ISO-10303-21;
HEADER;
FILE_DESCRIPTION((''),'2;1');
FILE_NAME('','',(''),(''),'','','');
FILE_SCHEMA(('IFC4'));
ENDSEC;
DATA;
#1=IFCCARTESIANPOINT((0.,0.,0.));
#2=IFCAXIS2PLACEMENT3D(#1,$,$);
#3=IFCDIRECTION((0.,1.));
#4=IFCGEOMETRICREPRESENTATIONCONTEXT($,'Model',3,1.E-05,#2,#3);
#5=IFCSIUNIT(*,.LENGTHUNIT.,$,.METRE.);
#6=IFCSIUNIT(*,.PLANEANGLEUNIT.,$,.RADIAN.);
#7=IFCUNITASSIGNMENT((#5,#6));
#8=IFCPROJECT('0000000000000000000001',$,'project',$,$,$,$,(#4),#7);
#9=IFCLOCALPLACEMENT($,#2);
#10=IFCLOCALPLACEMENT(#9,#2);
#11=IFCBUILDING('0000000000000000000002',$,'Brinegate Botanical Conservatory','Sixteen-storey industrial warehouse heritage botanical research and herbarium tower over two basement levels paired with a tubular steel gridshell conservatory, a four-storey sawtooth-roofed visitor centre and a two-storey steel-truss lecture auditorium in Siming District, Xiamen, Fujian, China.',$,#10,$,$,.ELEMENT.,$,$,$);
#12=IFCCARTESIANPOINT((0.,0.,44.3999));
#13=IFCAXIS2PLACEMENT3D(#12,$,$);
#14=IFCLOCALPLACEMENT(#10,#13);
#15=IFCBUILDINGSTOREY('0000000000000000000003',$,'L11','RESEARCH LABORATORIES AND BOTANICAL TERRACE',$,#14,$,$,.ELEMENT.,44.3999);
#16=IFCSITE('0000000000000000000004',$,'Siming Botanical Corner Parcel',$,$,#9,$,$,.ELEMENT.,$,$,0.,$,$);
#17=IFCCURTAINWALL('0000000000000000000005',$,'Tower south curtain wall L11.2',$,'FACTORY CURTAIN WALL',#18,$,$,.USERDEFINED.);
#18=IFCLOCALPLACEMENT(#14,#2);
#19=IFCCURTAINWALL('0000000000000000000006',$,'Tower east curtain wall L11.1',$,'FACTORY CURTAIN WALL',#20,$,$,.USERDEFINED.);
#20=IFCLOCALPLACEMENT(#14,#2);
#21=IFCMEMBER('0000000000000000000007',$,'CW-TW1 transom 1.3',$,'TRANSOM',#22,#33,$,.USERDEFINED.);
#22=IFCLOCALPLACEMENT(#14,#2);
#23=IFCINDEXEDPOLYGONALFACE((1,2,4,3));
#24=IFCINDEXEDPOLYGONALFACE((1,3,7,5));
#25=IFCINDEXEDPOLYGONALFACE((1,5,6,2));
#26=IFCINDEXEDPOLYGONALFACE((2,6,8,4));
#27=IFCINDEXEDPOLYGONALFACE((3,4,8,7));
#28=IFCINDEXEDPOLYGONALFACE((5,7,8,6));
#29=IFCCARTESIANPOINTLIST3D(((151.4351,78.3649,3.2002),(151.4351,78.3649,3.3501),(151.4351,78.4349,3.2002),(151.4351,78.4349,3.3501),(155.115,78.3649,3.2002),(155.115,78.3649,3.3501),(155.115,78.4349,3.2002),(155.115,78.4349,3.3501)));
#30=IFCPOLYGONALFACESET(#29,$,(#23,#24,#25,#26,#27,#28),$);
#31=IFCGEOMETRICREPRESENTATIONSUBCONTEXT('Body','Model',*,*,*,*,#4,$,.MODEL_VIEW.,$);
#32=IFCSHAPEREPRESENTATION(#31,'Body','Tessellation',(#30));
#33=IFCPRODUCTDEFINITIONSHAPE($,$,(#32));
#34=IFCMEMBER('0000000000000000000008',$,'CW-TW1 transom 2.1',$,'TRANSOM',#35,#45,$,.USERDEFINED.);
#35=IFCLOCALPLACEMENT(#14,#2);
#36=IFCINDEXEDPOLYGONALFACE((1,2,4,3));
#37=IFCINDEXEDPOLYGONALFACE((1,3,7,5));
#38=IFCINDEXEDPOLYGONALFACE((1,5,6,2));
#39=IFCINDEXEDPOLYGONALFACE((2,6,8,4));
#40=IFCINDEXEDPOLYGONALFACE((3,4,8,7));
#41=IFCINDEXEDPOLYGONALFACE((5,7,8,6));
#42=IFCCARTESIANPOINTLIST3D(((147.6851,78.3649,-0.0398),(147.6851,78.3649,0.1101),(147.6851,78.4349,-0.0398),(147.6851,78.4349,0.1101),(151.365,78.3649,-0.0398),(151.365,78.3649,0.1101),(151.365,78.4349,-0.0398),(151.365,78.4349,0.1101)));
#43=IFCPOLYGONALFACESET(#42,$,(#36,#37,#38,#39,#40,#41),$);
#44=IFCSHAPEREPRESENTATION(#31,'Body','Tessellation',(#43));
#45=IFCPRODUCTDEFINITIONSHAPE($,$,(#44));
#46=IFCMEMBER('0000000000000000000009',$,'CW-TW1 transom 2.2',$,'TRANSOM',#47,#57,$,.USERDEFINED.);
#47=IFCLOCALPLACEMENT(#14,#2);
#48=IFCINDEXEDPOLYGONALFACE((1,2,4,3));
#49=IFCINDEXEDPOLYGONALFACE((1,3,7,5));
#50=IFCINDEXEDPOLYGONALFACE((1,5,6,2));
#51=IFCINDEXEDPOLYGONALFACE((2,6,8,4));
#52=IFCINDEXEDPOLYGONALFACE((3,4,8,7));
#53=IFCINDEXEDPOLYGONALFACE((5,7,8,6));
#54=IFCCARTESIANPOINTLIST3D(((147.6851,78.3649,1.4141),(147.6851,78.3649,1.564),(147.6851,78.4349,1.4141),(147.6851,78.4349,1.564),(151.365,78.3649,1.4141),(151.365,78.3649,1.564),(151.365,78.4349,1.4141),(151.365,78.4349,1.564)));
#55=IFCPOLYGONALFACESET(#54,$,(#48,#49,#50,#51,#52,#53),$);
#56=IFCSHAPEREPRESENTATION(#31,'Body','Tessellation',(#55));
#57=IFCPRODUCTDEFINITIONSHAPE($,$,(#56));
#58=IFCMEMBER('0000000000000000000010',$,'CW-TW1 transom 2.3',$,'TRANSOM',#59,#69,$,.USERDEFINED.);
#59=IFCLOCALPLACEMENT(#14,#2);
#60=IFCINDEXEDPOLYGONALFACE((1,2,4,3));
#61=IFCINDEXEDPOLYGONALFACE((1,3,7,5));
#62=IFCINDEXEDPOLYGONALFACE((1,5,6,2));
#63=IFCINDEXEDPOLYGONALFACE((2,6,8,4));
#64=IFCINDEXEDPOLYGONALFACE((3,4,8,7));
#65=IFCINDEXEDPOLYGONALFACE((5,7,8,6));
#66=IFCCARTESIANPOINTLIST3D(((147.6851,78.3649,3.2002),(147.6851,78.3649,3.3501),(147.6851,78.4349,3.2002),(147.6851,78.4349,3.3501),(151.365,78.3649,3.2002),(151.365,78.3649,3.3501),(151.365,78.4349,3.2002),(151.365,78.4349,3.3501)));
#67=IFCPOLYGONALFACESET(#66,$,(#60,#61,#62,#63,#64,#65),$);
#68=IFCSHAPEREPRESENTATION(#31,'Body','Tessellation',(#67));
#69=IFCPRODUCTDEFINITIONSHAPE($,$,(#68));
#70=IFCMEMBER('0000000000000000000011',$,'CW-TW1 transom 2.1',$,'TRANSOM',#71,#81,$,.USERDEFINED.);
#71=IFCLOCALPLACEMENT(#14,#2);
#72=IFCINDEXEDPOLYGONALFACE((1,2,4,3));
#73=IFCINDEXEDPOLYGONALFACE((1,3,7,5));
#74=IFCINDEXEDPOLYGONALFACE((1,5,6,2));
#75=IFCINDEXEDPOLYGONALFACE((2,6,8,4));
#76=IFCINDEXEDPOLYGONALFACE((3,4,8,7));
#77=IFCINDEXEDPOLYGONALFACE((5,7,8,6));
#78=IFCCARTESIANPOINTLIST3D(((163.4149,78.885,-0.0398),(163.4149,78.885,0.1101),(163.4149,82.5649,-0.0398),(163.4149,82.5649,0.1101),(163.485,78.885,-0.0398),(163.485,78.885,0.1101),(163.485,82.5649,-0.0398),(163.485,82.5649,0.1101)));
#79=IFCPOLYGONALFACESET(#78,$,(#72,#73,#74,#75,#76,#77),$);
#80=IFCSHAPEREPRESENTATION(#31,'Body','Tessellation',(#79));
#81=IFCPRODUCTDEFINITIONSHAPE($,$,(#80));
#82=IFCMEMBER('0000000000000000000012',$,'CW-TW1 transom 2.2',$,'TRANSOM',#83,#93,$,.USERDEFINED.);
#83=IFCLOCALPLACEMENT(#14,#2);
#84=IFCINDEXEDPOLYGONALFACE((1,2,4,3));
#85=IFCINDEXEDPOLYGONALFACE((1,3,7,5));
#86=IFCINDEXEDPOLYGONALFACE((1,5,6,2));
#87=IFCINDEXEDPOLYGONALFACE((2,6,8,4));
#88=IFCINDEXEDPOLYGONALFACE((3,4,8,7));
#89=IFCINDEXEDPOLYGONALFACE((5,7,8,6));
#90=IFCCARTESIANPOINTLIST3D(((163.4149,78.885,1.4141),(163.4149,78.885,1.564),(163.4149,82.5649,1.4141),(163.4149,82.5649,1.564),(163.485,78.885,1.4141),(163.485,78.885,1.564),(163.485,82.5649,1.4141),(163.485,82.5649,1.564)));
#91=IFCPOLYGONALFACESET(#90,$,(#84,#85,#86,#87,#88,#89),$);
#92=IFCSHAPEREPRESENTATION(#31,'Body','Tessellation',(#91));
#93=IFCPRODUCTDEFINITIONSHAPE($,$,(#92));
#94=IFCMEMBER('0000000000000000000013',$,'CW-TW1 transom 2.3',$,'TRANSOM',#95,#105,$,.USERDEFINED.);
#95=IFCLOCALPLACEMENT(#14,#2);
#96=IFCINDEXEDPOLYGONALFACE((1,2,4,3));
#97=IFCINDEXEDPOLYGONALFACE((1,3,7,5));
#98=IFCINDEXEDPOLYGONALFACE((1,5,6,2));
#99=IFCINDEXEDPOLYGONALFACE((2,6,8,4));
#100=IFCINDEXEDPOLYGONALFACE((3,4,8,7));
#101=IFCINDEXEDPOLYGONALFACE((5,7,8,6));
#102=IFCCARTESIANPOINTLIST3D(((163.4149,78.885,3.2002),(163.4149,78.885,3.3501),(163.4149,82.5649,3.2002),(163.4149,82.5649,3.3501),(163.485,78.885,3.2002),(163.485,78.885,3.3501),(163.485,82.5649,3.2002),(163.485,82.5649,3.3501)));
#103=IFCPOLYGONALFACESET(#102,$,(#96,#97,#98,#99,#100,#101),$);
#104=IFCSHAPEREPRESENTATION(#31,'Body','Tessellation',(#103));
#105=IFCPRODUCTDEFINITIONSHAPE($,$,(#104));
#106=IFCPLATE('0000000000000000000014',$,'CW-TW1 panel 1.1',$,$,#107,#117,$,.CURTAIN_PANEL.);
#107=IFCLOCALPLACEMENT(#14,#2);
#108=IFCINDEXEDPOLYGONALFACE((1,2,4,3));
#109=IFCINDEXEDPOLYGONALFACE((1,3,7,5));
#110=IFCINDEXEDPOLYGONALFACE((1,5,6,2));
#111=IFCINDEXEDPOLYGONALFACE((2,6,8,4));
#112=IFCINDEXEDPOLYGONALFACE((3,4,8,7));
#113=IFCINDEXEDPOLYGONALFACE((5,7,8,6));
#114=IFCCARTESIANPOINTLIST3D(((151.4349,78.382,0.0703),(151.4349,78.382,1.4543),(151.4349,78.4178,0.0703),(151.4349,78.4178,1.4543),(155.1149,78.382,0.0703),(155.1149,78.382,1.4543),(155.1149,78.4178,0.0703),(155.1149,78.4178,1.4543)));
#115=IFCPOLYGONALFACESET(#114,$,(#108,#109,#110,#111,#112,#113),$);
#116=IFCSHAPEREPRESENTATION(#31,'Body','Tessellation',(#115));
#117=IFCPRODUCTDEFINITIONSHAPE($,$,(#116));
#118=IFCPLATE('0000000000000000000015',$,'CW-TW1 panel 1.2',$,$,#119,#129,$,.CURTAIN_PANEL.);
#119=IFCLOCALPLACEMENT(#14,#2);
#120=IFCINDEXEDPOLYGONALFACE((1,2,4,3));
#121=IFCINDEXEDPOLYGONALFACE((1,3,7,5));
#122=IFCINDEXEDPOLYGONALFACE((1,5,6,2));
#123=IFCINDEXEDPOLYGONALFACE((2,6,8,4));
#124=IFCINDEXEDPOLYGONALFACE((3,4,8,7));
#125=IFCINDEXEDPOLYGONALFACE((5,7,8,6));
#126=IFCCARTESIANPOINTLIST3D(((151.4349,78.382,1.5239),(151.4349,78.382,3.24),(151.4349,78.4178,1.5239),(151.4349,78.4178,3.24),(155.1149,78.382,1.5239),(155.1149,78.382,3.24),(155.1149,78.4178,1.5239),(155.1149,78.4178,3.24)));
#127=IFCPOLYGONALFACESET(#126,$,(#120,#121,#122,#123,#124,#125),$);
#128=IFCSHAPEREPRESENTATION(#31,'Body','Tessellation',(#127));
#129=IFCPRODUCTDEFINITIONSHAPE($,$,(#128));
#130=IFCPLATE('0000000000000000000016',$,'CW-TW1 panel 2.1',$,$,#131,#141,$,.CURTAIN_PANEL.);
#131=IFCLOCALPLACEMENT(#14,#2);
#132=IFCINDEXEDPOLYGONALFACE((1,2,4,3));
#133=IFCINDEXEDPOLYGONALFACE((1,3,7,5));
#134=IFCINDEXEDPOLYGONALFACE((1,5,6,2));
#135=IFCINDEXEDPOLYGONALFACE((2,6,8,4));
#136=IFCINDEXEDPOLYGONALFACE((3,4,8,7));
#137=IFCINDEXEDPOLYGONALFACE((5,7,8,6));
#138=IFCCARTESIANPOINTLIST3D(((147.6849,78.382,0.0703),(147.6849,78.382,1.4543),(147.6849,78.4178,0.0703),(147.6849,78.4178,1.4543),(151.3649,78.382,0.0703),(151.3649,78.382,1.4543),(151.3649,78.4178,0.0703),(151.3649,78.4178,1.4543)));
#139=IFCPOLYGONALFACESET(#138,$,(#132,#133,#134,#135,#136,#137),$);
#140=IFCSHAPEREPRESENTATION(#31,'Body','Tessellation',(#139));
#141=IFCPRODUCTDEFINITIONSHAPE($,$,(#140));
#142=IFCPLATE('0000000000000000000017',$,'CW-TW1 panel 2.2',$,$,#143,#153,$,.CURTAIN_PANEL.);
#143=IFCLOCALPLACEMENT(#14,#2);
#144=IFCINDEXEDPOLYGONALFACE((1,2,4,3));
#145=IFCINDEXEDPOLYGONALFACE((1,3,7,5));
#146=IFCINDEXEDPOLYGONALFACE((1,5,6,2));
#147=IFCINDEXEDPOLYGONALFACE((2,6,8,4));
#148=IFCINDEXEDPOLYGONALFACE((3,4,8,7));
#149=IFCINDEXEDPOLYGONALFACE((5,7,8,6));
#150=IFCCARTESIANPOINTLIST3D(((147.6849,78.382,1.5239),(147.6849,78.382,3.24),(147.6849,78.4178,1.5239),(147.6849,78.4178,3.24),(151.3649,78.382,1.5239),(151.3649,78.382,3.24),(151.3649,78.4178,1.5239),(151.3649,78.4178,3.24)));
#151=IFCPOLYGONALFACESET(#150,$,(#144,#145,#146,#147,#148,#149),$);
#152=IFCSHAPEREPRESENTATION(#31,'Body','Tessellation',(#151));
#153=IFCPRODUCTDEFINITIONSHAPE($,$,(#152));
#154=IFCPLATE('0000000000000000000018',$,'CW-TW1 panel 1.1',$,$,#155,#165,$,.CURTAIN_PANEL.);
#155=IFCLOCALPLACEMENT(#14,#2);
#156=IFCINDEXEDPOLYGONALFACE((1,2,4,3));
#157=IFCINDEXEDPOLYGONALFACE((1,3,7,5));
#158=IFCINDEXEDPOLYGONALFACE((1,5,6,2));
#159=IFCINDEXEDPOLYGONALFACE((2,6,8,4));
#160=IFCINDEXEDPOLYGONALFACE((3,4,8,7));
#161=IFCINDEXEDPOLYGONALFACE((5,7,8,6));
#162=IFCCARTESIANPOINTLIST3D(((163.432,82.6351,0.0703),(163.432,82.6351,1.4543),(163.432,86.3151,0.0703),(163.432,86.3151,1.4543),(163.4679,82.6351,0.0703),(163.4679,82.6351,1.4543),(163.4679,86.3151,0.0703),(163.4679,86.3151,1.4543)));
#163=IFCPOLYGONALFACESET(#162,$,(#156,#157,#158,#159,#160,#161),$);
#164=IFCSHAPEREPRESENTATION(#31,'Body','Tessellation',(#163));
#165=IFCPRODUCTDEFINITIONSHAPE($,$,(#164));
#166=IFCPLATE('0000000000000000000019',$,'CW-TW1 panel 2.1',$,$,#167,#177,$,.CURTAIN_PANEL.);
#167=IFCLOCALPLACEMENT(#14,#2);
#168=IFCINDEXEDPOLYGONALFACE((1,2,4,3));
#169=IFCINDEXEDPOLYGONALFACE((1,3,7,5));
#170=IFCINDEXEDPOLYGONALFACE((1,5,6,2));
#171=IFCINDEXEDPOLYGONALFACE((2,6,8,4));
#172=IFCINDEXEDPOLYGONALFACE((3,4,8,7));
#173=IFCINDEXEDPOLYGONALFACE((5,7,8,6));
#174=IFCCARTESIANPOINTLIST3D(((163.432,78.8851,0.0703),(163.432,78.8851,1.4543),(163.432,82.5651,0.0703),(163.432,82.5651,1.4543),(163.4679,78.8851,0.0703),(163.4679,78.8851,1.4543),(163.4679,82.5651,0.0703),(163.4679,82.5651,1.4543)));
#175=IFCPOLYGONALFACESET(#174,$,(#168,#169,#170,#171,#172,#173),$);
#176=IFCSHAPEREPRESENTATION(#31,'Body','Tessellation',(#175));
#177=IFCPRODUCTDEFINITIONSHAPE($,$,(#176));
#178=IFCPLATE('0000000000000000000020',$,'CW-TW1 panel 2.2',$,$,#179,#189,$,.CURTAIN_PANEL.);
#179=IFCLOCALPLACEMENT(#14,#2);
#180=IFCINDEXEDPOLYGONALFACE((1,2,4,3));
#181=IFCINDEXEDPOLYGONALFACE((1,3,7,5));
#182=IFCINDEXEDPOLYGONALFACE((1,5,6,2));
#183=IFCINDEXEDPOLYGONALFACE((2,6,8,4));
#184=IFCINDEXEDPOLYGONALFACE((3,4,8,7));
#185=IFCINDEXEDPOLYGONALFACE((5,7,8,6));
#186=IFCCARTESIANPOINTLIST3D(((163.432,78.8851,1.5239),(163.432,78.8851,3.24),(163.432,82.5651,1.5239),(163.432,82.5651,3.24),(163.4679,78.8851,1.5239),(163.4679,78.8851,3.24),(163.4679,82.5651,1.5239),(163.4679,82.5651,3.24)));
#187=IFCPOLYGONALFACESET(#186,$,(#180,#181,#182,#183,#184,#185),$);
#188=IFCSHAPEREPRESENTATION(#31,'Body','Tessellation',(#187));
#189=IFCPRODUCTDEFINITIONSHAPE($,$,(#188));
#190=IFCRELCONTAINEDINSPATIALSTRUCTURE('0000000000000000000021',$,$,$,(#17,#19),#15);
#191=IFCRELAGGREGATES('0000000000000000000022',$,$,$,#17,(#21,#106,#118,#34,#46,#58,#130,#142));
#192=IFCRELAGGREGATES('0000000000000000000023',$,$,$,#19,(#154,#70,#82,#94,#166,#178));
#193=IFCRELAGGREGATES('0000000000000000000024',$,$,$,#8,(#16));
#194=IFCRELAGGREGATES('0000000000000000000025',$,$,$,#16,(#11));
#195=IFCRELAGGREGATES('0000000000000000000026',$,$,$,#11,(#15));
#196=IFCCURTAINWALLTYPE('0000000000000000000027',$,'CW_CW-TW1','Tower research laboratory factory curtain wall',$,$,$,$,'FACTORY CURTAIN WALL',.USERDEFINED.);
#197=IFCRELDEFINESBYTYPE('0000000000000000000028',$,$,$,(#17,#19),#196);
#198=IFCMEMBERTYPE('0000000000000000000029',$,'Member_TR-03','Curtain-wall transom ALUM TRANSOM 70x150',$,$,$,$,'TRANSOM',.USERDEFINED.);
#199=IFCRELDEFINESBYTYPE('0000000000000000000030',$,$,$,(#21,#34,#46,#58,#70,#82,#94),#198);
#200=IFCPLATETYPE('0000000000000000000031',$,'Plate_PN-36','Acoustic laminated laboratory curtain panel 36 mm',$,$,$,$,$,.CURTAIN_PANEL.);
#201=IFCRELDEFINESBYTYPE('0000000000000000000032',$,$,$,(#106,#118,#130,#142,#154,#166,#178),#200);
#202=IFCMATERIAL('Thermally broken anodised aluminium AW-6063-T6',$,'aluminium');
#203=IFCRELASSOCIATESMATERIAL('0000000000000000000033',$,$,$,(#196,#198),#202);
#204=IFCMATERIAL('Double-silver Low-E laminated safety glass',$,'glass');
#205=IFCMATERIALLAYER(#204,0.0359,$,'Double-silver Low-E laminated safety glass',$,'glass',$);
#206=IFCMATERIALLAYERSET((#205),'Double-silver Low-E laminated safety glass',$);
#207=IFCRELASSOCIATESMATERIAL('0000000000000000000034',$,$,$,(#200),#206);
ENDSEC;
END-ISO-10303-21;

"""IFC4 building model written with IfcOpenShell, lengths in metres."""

from ifc_helpers import new_model, si_unit, direction, frame, origin, origin_2d, place, context, subcontext, project, spatial, rectangle, extrude, material, layer, layer_set, material_profile, profile_set, type_object, element, aggregate, save


model = new_model("IFC4")

# Units and contexts
model_context = context("Model", 3, precision=1e-05, world=origin(), true_north=direction((0.0, 1.0)))
body_context = subcontext(model_context, "Body", "Model", "MODEL_VIEW")
ifc_project = project(units=[si_unit("LENGTHUNIT", "METRE"), si_unit("PLANEANGLEUNIT", "RADIAN")], contexts=[model_context])

# Site, building, storey
site_placement = place(None, origin())
site = spatial("IfcSite", under=ifc_project, at=site_placement, Name="Siming Botanical Corner Parcel", CompositionType="ELEMENT", RefElevation=0.0)
building_placement = place(site_placement, origin())
building = spatial("IfcBuilding", under=site, at=building_placement, Name="Brinegate Botanical Conservatory", Description="Sixteen-storey industrial warehouse heritage botanical research and herbarium tower over two basement levels paired with a tubular steel gridshell conservatory, a four-storey sawtooth-roofed visitor centre and a two-storey steel-truss lecture auditorium in Siming District, Xiamen, Fujian, China.", CompositionType="ELEMENT")
storey_placement = place(building_placement, frame((0.0, 0.0, 44.3999)))
storey = spatial("IfcBuildingStorey", under=building, at=storey_placement, Name="L11", Description="RESEARCH LABORATORIES AND BOTANICAL TERRACE", CompositionType="ELEMENT", Elevation=44.3999)

# Curtain walls
ifc_material_1 = material(Name="Thermally broken anodised aluminium AW-6063-T6", Category="aluminium")
curtain_wall_type = type_object("IfcCurtainWallType", Name="CW_CW-TW1", Description="Tower research laboratory factory curtain wall", ElementType="FACTORY CURTAIN WALL", PredefinedType="USERDEFINED", material=ifc_material_1)
curtain_wall_1_placement = place(storey_placement, origin())
curtain_wall_1 = element("IfcCurtainWall", 1, at=curtain_wall_1_placement, inside=storey, type_object=curtain_wall_type, Name="Tower south curtain wall L11.2", ObjectType="FACTORY CURTAIN WALL", PredefinedType="USERDEFINED")
curtain_wall_2_placement = place(storey_placement, origin())
curtain_wall_2 = element("IfcCurtainWall", 2, at=curtain_wall_2_placement, inside=storey, type_object=curtain_wall_type, Name="Tower east curtain wall L11.1", ObjectType="FACTORY CURTAIN WALL", PredefinedType="USERDEFINED")

# Members
ifc_material_profile_1 = material_profile(ifc_material_1, rectangle(XDim=0.0701, YDim=0.1499, at=origin_2d()), Name="ALUM TRANSOM 70x150")
ifc_profile_set_1 = profile_set([ifc_material_profile_1], Name="Thermally broken anodised aluminium AW-6063-T6")
member_type_1 = type_object("IfcMemberType", Name="Member_TR-03", Description="Curtain-wall transom ALUM TRANSOM 70x150", ElementType="TRANSOM", PredefinedType="USERDEFINED", material=ifc_profile_set_1)
member_1_placement = place(storey_placement, frame((155.115, 78.3999, 3.2751), z_axis=(-1.0, 0.0, 0.0), x_axis=(0.0, -1.0, 0.0)))
member_1 = element("IfcMember", 3, at=member_1_placement, type_object=member_type_1, Name="CW-TW1 transom 1.3", ObjectType="TRANSOM", PredefinedType="USERDEFINED", context=body_context, shape_type="SweptSolid", body=[
    extrude(rectangle(XDim=0.0701, YDim=0.1499, at=origin_2d()), origin(), (0.0, 0.0, 1.0), 3.6799),
])
member_2_placement = place(storey_placement, frame((151.365, 78.3999, 0.0352), z_axis=(-1.0, 0.0, 0.0), x_axis=(0.0, -1.0, 0.0)))
member_2 = element("IfcMember", 4, at=member_2_placement, type_object=member_type_1, Name="CW-TW1 transom 2.1", ObjectType="TRANSOM", PredefinedType="USERDEFINED", context=body_context, shape_type="SweptSolid", body=[
    extrude(rectangle(XDim=0.0701, YDim=0.1499, at=origin_2d()), origin(), (0.0, 0.0, 1.0), 3.6799),
])
member_3_placement = place(storey_placement, frame((151.365, 78.3999, 1.489), z_axis=(-1.0, 0.0, 0.0), x_axis=(0.0, -1.0, 0.0)))
member_3 = element("IfcMember", 5, at=member_3_placement, type_object=member_type_1, Name="CW-TW1 transom 2.2", ObjectType="TRANSOM", PredefinedType="USERDEFINED", context=body_context, shape_type="SweptSolid", body=[
    extrude(rectangle(XDim=0.0701, YDim=0.1499, at=origin_2d()), origin(), (0.0, 0.0, 1.0), 3.6799),
])
member_4_placement = place(storey_placement, frame((151.365, 78.3999, 3.2751), z_axis=(-1.0, 0.0, 0.0), x_axis=(0.0, -1.0, 0.0)))
member_4 = element("IfcMember", 6, at=member_4_placement, type_object=member_type_1, Name="CW-TW1 transom 2.3", ObjectType="TRANSOM", PredefinedType="USERDEFINED", context=body_context, shape_type="SweptSolid", body=[
    extrude(rectangle(XDim=0.0701, YDim=0.1499, at=origin_2d()), origin(), (0.0, 0.0, 1.0), 3.6799),
])
member_5_placement = place(storey_placement, frame((163.45, 82.5649, 0.0352), z_axis=(0.0, -1.0, 0.0), x_axis=(1.0, 0.0, 0.0)))
member_5 = element("IfcMember", 7, at=member_5_placement, type_object=member_type_1, Name="CW-TW1 transom 2.1", ObjectType="TRANSOM", PredefinedType="USERDEFINED", context=body_context, shape_type="SweptSolid", body=[
    extrude(rectangle(XDim=0.0701, YDim=0.1499, at=origin_2d()), origin(), (0.0, 0.0, 1.0), 3.6799),
])
member_6_placement = place(storey_placement, frame((163.45, 82.5649, 1.489), z_axis=(0.0, -1.0, 0.0), x_axis=(1.0, 0.0, 0.0)))
member_6 = element("IfcMember", 8, at=member_6_placement, type_object=member_type_1, Name="CW-TW1 transom 2.2", ObjectType="TRANSOM", PredefinedType="USERDEFINED", context=body_context, shape_type="SweptSolid", body=[
    extrude(rectangle(XDim=0.0701, YDim=0.1499, at=origin_2d()), origin(), (0.0, 0.0, 1.0), 3.6799),
])
member_7_placement = place(storey_placement, frame((163.45, 82.5649, 3.2751), z_axis=(0.0, -1.0, 0.0), x_axis=(1.0, 0.0, 0.0)))
member_7 = element("IfcMember", 9, at=member_7_placement, type_object=member_type_1, Name="CW-TW1 transom 2.3", ObjectType="TRANSOM", PredefinedType="USERDEFINED", context=body_context, shape_type="SweptSolid", body=[
    extrude(rectangle(XDim=0.0701, YDim=0.1499, at=origin_2d()), origin(), (0.0, 0.0, 1.0), 3.6799),
])

# Plates
ifc_material_2 = material(Name="Double-silver Low-E laminated safety glass", Category="glass")
ifc_layer_1 = layer(ifc_material_2, 0.0359, Name="Double-silver Low-E laminated safety glass", Category="glass")
ifc_layer_set_1 = layer_set([ifc_layer_1], Name="Double-silver Low-E laminated safety glass")
plate_type = type_object("IfcPlateType", Name="Plate_PN-36", Description="Acoustic laminated laboratory curtain panel 36 mm", PredefinedType="CURTAIN_PANEL", material=ifc_layer_set_1)
plate_1_placement = place(storey_placement, frame((153.2749, 78.3999, 0.0703), z_axis=(0.0, 0.0, 1.0), x_axis=(-1.0, 0.0, 0.0)))
plate_1 = element("IfcPlate", 10, at=plate_1_placement, type_object=plate_type, Name="CW-TW1 panel 1.1", PredefinedType="CURTAIN_PANEL", context=body_context, shape_type="SweptSolid", body=[
    extrude(rectangle(XDim=3.6799, YDim=0.0359, at=origin_2d()), origin(), (0.0, 0.0, 1.0), 1.384),
])
plate_2_placement = place(storey_placement, frame((153.2749, 78.3999, 1.5239), z_axis=(0.0, 0.0, 1.0), x_axis=(-1.0, 0.0, 0.0)))
plate_2 = element("IfcPlate", 11, at=plate_2_placement, type_object=plate_type, Name="CW-TW1 panel 1.2", PredefinedType="CURTAIN_PANEL", context=body_context, shape_type="SweptSolid", body=[
    extrude(rectangle(XDim=3.6799, YDim=0.0359, at=origin_2d()), origin(), (0.0, 0.0, 1.0), 1.7161),
])
plate_3_placement = place(storey_placement, frame((149.5249, 78.3999, 0.0703), z_axis=(0.0, 0.0, 1.0), x_axis=(-1.0, 0.0, 0.0)))
plate_3 = element("IfcPlate", 12, at=plate_3_placement, type_object=plate_type, Name="CW-TW1 panel 2.1", PredefinedType="CURTAIN_PANEL", context=body_context, shape_type="SweptSolid", body=[
    extrude(rectangle(XDim=3.6799, YDim=0.0359, at=origin_2d()), origin(), (0.0, 0.0, 1.0), 1.384),
])
plate_4_placement = place(storey_placement, frame((149.5249, 78.3999, 1.5239), z_axis=(0.0, 0.0, 1.0), x_axis=(-1.0, 0.0, 0.0)))
plate_4 = element("IfcPlate", 13, at=plate_4_placement, type_object=plate_type, Name="CW-TW1 panel 2.2", PredefinedType="CURTAIN_PANEL", context=body_context, shape_type="SweptSolid", body=[
    extrude(rectangle(XDim=3.6799, YDim=0.0359, at=origin_2d()), origin(), (0.0, 0.0, 1.0), 1.7161),
])
aggregate(curtain_wall_1, [member_1, plate_1, plate_2, member_2, member_3, member_4, plate_3, plate_4])
plate_5_placement = place(storey_placement, frame((163.45, 84.4751, 0.0703), z_axis=(0.0, 0.0, 1.0), x_axis=(0.0, -1.0, 0.0)))
plate_5 = element("IfcPlate", 14, at=plate_5_placement, type_object=plate_type, Name="CW-TW1 panel 1.1", PredefinedType="CURTAIN_PANEL", context=body_context, shape_type="SweptSolid", body=[
    extrude(rectangle(XDim=3.6799, YDim=0.0359, at=origin_2d()), origin(), (0.0, 0.0, 1.0), 1.384),
])
plate_6_placement = place(storey_placement, frame((163.45, 80.7251, 0.0703), z_axis=(0.0, 0.0, 1.0), x_axis=(0.0, -1.0, 0.0)))
plate_6 = element("IfcPlate", 15, at=plate_6_placement, type_object=plate_type, Name="CW-TW1 panel 2.1", PredefinedType="CURTAIN_PANEL", context=body_context, shape_type="SweptSolid", body=[
    extrude(rectangle(XDim=3.6799, YDim=0.0359, at=origin_2d()), origin(), (0.0, 0.0, 1.0), 1.384),
])
plate_7_placement = place(storey_placement, frame((163.45, 80.7251, 1.5239), z_axis=(0.0, 0.0, 1.0), x_axis=(0.0, -1.0, 0.0)))
plate_7 = element("IfcPlate", 16, at=plate_7_placement, type_object=plate_type, Name="CW-TW1 panel 2.2", PredefinedType="CURTAIN_PANEL", context=body_context, shape_type="SweptSolid", body=[
    extrude(rectangle(XDim=3.6799, YDim=0.0359, at=origin_2d()), origin(), (0.0, 0.0, 1.0), 1.7161),
])
aggregate(curtain_wall_2, [plate_5, member_5, member_6, member_7, plate_6, plate_7])

save(model, "model.ifc")
